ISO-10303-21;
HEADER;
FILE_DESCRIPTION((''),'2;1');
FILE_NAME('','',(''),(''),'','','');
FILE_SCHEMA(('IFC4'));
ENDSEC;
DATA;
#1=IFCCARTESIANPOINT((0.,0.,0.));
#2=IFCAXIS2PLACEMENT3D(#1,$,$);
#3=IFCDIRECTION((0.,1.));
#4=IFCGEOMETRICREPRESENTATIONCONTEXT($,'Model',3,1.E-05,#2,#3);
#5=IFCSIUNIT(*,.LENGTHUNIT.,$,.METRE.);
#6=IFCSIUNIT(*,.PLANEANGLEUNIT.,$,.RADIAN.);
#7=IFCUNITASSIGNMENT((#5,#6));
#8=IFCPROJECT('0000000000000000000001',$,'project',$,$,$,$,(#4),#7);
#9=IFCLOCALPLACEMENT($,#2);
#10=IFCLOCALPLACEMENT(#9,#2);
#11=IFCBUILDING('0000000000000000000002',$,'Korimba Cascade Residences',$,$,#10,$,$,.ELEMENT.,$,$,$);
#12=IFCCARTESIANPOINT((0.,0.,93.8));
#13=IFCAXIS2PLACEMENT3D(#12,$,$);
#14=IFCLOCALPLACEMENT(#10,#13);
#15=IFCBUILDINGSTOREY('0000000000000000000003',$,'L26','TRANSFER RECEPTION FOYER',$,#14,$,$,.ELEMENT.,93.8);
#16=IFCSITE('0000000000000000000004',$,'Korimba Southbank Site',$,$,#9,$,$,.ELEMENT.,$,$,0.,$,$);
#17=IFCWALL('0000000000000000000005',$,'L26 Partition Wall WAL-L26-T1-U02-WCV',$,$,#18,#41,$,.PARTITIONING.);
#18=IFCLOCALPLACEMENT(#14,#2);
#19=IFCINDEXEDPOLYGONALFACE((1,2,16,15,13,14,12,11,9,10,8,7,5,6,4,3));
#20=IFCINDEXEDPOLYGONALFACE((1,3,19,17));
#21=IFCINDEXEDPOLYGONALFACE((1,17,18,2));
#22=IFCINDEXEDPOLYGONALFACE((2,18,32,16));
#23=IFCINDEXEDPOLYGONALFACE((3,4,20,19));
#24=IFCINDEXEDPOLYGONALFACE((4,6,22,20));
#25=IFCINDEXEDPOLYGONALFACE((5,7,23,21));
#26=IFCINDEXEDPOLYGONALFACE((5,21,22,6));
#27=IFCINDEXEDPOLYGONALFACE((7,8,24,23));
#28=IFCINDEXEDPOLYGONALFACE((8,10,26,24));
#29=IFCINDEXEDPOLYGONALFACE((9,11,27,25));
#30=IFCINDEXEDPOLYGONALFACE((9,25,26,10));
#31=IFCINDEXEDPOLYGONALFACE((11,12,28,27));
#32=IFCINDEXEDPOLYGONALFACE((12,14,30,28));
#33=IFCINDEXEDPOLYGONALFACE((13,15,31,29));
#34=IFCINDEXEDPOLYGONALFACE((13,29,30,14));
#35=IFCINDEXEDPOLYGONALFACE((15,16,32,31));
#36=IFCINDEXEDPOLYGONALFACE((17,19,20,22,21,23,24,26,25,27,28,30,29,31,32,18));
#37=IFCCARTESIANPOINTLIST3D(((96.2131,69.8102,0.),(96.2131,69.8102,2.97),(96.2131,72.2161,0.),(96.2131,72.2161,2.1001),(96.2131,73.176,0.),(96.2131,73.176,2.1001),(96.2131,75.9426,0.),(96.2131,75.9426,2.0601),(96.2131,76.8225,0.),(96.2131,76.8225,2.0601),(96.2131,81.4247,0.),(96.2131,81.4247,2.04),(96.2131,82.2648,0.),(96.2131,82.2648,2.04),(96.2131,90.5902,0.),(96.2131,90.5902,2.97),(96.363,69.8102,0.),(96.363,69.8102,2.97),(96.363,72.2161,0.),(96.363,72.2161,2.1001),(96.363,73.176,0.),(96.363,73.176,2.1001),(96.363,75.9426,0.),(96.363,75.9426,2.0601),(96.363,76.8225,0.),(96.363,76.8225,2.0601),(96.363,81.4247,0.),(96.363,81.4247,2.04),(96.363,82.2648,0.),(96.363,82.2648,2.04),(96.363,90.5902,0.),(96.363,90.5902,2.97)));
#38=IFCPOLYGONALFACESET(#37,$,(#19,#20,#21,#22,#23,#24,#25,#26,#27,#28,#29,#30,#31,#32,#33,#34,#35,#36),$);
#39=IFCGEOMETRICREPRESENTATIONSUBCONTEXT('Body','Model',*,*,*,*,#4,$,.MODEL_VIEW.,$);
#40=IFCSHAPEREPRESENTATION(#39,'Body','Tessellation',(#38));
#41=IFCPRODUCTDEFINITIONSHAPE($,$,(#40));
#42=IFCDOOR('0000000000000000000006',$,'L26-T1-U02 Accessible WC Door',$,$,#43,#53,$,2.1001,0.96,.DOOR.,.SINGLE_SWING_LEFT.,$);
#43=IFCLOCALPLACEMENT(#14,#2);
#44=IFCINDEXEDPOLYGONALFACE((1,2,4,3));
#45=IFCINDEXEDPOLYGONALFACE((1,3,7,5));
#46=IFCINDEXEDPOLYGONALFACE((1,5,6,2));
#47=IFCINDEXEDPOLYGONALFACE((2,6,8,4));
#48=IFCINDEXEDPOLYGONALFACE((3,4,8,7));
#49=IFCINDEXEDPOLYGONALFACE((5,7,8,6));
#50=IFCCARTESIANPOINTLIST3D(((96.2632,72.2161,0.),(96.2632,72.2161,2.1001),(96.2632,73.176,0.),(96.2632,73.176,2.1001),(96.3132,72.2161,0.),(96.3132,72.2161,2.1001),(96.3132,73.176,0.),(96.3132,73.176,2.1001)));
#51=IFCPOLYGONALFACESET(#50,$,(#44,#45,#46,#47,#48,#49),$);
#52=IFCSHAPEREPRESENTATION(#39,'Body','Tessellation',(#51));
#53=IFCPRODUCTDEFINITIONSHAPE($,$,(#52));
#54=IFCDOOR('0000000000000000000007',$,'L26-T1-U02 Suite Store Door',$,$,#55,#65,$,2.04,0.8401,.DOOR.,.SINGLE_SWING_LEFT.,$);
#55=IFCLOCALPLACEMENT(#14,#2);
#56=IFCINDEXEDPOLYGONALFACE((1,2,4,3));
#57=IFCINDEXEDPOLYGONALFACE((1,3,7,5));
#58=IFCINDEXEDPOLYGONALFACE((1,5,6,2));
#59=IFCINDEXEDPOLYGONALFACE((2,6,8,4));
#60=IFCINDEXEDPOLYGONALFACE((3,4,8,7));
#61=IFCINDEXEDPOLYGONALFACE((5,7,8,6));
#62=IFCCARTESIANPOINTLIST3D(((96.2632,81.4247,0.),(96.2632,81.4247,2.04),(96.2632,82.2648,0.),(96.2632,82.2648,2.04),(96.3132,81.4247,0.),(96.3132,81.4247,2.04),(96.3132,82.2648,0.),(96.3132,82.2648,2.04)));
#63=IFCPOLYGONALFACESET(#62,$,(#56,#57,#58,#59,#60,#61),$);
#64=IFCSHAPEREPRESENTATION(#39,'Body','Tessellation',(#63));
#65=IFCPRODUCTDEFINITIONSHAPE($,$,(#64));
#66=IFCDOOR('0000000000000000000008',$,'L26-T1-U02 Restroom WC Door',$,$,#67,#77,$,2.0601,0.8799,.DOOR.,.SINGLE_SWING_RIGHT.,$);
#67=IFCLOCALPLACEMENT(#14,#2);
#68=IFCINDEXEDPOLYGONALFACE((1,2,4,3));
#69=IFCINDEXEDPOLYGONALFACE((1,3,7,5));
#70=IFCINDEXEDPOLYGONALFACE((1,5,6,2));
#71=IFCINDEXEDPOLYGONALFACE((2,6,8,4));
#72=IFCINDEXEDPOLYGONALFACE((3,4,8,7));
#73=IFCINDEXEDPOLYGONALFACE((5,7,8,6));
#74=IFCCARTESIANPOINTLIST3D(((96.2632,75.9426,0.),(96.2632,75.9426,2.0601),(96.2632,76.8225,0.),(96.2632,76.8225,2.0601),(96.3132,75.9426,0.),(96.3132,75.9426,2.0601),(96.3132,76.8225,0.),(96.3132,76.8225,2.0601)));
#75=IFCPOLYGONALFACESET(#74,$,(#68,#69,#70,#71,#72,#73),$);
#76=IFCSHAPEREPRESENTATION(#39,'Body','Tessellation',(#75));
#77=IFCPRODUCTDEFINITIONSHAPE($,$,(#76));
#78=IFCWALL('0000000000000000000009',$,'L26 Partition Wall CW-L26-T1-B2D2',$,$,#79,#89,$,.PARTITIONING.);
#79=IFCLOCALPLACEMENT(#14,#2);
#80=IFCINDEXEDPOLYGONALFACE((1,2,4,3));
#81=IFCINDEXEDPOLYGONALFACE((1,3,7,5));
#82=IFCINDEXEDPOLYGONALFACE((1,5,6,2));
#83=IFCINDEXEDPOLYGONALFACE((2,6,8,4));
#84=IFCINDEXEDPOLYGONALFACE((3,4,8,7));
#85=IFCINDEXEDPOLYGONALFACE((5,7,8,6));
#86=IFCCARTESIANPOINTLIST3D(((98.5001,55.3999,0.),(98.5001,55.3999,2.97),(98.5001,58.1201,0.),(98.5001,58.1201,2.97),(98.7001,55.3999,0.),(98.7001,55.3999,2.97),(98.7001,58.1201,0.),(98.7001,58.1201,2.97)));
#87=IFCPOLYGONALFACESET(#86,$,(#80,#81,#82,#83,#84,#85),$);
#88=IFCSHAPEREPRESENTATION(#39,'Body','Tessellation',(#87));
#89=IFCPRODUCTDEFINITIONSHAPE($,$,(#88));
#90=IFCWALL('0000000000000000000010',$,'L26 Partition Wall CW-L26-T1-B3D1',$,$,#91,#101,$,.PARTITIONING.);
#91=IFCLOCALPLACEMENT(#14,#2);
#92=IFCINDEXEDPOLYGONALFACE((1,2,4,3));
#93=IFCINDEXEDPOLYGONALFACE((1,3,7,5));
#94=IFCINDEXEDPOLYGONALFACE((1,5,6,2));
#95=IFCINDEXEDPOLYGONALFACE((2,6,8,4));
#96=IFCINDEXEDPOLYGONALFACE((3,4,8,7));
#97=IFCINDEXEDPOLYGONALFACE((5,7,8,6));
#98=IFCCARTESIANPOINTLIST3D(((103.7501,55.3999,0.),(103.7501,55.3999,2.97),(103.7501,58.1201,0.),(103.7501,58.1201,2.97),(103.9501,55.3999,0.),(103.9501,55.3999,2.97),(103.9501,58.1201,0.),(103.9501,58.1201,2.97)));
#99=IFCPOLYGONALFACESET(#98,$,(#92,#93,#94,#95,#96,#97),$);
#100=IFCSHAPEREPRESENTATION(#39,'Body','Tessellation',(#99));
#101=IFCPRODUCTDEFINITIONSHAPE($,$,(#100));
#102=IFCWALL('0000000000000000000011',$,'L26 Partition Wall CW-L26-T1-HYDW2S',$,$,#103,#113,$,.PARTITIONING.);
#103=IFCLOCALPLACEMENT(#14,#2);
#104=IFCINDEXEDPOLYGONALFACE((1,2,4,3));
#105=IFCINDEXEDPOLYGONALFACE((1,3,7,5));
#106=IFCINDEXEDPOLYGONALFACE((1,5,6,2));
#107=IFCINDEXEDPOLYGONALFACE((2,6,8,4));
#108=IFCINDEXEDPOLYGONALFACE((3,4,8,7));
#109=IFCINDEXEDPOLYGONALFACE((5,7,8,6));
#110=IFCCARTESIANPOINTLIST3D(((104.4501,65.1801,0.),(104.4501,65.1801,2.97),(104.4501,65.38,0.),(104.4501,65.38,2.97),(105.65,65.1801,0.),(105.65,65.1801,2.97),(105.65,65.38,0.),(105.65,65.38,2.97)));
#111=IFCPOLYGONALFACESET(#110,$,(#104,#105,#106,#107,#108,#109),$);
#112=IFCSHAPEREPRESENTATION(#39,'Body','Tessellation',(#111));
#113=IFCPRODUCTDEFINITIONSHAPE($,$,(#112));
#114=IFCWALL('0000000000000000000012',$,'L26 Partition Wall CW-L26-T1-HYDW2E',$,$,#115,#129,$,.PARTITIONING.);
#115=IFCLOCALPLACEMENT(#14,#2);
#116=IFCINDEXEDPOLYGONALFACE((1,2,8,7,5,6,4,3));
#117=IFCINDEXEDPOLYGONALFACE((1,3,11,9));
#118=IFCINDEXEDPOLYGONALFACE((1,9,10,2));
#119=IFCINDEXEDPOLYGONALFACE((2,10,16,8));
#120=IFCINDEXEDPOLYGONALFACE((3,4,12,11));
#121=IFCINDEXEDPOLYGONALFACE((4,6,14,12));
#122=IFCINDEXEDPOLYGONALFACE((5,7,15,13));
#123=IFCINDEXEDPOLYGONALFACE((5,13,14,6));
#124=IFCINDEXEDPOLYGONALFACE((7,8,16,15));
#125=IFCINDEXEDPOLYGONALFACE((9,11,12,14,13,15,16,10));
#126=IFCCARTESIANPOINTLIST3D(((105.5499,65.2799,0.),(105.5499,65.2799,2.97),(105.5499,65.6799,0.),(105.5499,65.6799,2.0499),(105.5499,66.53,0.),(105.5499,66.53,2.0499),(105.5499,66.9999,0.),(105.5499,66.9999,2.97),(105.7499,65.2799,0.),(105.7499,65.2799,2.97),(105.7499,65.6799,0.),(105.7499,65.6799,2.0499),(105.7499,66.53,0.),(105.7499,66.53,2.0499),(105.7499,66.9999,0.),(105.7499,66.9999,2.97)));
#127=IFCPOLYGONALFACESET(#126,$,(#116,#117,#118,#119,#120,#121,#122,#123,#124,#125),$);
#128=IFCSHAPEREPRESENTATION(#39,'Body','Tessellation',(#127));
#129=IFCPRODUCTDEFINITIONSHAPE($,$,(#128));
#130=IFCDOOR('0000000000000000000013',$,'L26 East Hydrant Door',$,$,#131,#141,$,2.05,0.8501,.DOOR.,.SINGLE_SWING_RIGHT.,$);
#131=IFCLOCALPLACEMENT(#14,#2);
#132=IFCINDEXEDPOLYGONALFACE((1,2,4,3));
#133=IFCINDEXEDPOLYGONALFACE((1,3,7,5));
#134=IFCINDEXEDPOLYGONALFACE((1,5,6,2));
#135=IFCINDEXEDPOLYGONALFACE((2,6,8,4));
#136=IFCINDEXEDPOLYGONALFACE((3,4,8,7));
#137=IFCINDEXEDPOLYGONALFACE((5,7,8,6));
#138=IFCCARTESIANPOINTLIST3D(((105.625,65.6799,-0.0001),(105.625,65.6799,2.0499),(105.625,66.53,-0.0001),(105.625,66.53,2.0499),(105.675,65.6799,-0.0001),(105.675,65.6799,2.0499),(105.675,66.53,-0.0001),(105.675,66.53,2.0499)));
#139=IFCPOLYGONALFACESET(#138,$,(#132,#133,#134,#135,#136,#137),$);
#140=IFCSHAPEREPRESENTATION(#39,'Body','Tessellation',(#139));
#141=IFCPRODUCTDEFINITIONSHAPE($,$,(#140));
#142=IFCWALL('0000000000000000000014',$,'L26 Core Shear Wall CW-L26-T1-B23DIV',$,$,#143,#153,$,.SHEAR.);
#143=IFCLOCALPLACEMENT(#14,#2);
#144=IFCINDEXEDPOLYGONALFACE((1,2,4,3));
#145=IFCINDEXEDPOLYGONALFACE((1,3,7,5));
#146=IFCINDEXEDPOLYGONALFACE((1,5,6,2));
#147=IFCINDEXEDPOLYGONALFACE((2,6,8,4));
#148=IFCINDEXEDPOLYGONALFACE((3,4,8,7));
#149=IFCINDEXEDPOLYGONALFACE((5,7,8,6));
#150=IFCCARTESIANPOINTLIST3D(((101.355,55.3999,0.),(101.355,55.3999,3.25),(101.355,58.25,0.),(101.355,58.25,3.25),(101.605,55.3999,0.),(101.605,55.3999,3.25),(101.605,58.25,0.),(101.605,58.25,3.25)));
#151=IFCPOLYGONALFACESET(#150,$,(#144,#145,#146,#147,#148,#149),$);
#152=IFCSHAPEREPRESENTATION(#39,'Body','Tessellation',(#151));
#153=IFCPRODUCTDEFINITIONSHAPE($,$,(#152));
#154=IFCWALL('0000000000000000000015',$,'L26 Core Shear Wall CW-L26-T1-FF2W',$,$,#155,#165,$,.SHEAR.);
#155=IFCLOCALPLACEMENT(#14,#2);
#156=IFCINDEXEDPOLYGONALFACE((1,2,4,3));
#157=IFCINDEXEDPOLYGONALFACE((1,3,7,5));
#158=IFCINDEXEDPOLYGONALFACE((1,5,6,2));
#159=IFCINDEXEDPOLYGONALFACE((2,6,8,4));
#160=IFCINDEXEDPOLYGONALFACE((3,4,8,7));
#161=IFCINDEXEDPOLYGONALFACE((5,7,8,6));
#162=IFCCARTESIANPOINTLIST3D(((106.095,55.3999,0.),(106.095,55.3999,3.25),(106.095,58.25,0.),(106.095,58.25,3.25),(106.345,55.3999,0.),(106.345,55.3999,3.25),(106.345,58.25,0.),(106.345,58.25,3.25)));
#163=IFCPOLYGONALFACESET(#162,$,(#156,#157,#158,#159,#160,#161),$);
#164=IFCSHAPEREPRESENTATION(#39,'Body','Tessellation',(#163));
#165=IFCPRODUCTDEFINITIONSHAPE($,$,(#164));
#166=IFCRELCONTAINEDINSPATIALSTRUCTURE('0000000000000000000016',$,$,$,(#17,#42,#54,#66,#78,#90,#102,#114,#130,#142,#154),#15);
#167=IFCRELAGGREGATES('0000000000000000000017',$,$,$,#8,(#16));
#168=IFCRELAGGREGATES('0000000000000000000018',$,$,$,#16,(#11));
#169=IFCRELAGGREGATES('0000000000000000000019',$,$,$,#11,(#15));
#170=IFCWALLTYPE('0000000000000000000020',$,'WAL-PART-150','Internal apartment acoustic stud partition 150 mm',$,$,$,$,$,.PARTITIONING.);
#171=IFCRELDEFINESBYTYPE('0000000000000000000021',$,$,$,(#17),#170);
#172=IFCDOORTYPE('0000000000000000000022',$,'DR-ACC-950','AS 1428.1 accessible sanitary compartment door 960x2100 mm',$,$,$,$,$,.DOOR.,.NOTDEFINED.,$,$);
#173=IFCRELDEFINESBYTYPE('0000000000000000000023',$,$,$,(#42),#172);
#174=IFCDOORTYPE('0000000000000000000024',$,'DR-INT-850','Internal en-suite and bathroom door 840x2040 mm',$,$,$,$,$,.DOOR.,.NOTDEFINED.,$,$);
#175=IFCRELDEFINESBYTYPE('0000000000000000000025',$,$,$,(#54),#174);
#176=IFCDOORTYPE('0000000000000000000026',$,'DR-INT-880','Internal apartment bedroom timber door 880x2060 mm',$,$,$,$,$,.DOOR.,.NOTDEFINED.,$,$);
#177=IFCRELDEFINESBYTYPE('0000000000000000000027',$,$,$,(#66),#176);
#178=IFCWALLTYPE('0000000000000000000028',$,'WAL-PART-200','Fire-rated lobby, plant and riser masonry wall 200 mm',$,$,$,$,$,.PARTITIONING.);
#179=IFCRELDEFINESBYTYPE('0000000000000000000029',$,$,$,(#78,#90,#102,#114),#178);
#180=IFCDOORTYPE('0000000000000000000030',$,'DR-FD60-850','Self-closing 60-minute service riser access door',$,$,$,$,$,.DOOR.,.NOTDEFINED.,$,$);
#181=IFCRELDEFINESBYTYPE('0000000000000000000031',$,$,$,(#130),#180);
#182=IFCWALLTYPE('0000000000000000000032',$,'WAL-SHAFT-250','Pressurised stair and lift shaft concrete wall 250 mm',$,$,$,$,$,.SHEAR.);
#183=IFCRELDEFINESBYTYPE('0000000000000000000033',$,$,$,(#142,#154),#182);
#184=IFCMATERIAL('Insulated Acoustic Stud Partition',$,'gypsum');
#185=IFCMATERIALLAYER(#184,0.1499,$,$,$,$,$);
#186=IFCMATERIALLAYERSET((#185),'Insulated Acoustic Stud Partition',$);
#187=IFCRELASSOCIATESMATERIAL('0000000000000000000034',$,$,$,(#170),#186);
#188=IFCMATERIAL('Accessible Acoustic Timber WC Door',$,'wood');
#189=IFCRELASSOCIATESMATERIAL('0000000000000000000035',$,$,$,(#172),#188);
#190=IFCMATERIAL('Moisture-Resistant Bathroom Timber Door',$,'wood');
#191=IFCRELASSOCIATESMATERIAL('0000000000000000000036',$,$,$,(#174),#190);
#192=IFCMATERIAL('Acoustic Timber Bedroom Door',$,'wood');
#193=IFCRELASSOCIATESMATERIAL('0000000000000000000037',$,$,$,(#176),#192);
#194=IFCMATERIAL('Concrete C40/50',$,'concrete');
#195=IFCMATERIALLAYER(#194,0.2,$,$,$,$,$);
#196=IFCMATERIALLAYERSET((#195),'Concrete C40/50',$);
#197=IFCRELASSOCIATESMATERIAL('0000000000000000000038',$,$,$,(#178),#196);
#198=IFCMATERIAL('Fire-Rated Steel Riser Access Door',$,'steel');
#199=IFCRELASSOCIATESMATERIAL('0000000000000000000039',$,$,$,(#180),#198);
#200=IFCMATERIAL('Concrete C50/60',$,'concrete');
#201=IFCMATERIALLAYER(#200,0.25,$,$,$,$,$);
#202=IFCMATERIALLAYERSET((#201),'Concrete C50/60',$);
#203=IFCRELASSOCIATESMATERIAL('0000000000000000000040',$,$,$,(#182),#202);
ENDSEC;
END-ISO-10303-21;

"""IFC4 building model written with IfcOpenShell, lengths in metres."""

from ifc_helpers import new_model, si_unit, direction, frame, frame_2d, origin, place, context, subcontext, project, spatial, rectangle, extrude, material, layer, layer_set, type_object, element, fill, save


model = new_model("IFC4")

# Units and contexts
model_context = context("Model", 3, precision=1e-05, world=origin(), true_north=direction((0.0, 1.0)))
body_context = subcontext(model_context, "Body", "Model", "MODEL_VIEW")
ifc_project = project(units=[si_unit("LENGTHUNIT", "METRE"), si_unit("PLANEANGLEUNIT", "RADIAN")], contexts=[model_context])

# Site, building, storey
site_placement = place(None, origin())
site = spatial("IfcSite", under=ifc_project, at=site_placement, Name="Korimba Southbank Site", CompositionType="ELEMENT", RefElevation=0.0)
building_placement = place(site_placement, origin())
building = spatial("IfcBuilding", under=site, at=building_placement, Name="Korimba Cascade Residences", CompositionType="ELEMENT")
storey_placement = place(building_placement, frame((0.0, 0.0, 93.8)))
storey = spatial("IfcBuildingStorey", under=building, at=storey_placement, Name="L26", Description="TRANSFER RECEPTION FOYER", CompositionType="ELEMENT", Elevation=93.8)

# Shared definitions
ifc_material_1 = material(Name="Insulated Acoustic Stud Partition", Category="gypsum")
ifc_layer_1 = layer(ifc_material_1, 0.1499)
ifc_layer_set_1 = layer_set([ifc_layer_1], Name="Insulated Acoustic Stud Partition")
wall_type_1 = type_object("IfcWallType", Name="WAL-PART-150", Description="Internal apartment acoustic stud partition 150 mm", PredefinedType="PARTITIONING", material=ifc_layer_set_1)

# Wall, openings, doors
wall_1_placement = place(storey_placement, frame((96.2881, 69.8101, 0.0), z_axis=(0.0, 0.0, 1.0), x_axis=(0.0, 1.0, 0.0)))
wall_1 = element("IfcWall", 1, at=wall_1_placement, inside=storey, type_object=wall_type_1, Name="L26 Partition Wall WAL-L26-T1-U02-WCV", PredefinedType="PARTITIONING", context=body_context, shape_type="SweptSolid", body=[
    extrude(rectangle(XDim=20.78, YDim=0.1499, at=frame_2d((10.3901, 0.0))), origin(), (0.0, 0.0, 1.0), 2.97),
])
opening_1_placement = place(wall_1_placement, frame((2.406, 0.0, 0.0)))
opening_1 = element("IfcOpeningElement", 2, at=opening_1_placement, cuts=wall_1, PredefinedType="OPENING", context=body_context, shape_type="SweptSolid", body=[
    extrude(rectangle(XDim=0.96, YDim=2.1001, at=frame_2d((0.48, 1.05))), frame((0.0, 0.085, 0.0), z_axis=(0.0, -1.0, 0.0), x_axis=(1.0, 0.0, 0.0)), (0.0, 0.0, 1.0), 0.1699),
])
opening_2_placement = place(wall_1_placement, frame((6.1326, 0.0, 0.0)))
opening_2 = element("IfcOpeningElement", 3, at=opening_2_placement, cuts=wall_1, PredefinedType="OPENING", context=body_context, shape_type="SweptSolid", body=[
    extrude(rectangle(XDim=0.8799, YDim=2.0601, at=frame_2d((0.4399, 1.03))), frame((0.0, 0.085, 0.0), z_axis=(0.0, -1.0, 0.0), x_axis=(1.0, 0.0, 0.0)), (0.0, 0.0, 1.0), 0.1699),
])
opening_3_placement = place(wall_1_placement, frame((11.6147, 0.0, 0.0)))
opening_3 = element("IfcOpeningElement", 4, at=opening_3_placement, cuts=wall_1, PredefinedType="OPENING", context=body_context, shape_type="SweptSolid", body=[
    extrude(rectangle(XDim=0.8401, YDim=2.04, at=frame_2d((0.4199, 1.02))), frame((0.0, 0.085, 0.0), z_axis=(0.0, -1.0, 0.0), x_axis=(1.0, 0.0, 0.0)), (0.0, 0.0, 1.0), 0.1699),
])
ifc_material_2 = material(Name="Accessible Acoustic Timber WC Door", Category="wood")
door_type_1 = type_object("IfcDoorType", Name="DR-ACC-950", Description="AS 1428.1 accessible sanitary compartment door 960x2100 mm", OperationType="NOTDEFINED", PredefinedType="DOOR", material=ifc_material_2)
door_1_placement = place(opening_1_placement, origin())
door_1 = element("IfcDoor", 5, at=door_1_placement, inside=storey, type_object=door_type_1, Name="L26-T1-U02 Accessible WC Door", OperationType="SINGLE_SWING_LEFT", OverallHeight=2.1001, OverallWidth=0.96, PredefinedType="DOOR", context=body_context, shape_type="SweptSolid", body=[
    extrude(rectangle(XDim=0.96, YDim=2.1001, at=frame_2d((0.48, 1.05))), frame((0.0, 0.0249, 0.0), z_axis=(0.0, -1.0, 0.0), x_axis=(1.0, 0.0, 0.0)), (0.0, 0.0, 1.0), 0.05),
])
fill(opening_1, door_1)
ifc_material_3 = material(Name="Moisture-Resistant Bathroom Timber Door", Category="wood")
door_type_2 = type_object("IfcDoorType", Name="DR-INT-850", Description="Internal en-suite and bathroom door 840x2040 mm", OperationType="NOTDEFINED", PredefinedType="DOOR", material=ifc_material_3)
door_2_placement = place(opening_3_placement, origin())
door_2 = element("IfcDoor", 6, at=door_2_placement, inside=storey, type_object=door_type_2, Name="L26-T1-U02 Suite Store Door", OperationType="SINGLE_SWING_LEFT", OverallHeight=2.04, OverallWidth=0.8401, PredefinedType="DOOR", context=body_context, shape_type="SweptSolid", body=[
    extrude(rectangle(XDim=0.8401, YDim=2.04, at=frame_2d((0.4199, 1.02))), frame((0.0, 0.0249, 0.0), z_axis=(0.0, -1.0, 0.0), x_axis=(1.0, 0.0, 0.0)), (0.0, 0.0, 1.0), 0.05),
])
fill(opening_3, door_2)
ifc_material_4 = material(Name="Acoustic Timber Bedroom Door", Category="wood")
door_type_3 = type_object("IfcDoorType", Name="DR-INT-880", Description="Internal apartment bedroom timber door 880x2060 mm", OperationType="NOTDEFINED", PredefinedType="DOOR", material=ifc_material_4)
door_3_placement = place(opening_2_placement, origin())
door_3 = element("IfcDoor", 7, at=door_3_placement, inside=storey, type_object=door_type_3, Name="L26-T1-U02 Restroom WC Door", OperationType="SINGLE_SWING_RIGHT", OverallHeight=2.0601, OverallWidth=0.8799, PredefinedType="DOOR", context=body_context, shape_type="SweptSolid", body=[
    extrude(rectangle(XDim=0.8799, YDim=2.0601, at=frame_2d((0.4399, 1.03))), frame((0.0, 0.0249, 0.0), z_axis=(0.0, -1.0, 0.0), x_axis=(1.0, 0.0, 0.0)), (0.0, 0.0, 1.0), 0.05),
])
fill(opening_2, door_3)

# Walls
ifc_material_5 = material(Name="Concrete C40/50", Category="concrete")
ifc_layer_2 = layer(ifc_material_5, 0.2)
ifc_layer_set_2 = layer_set([ifc_layer_2], Name="Concrete C40/50")
wall_type_2 = type_object("IfcWallType", Name="WAL-PART-200", Description="Fire-rated lobby, plant and riser masonry wall 200 mm", PredefinedType="PARTITIONING", material=ifc_layer_set_2)
for number, where, z_axis, x_axis, name in (
    (8, (98.6001, 55.3999, 0.0), (0.0, 0.0, 1.0), (0.0, 1.0, 0.0), "L26 Partition Wall CW-L26-T1-B2D2"),
    (9, (103.8501, 55.3999, 0.0), (0.0, 0.0, 1.0), (0.0, 1.0, 0.0), "L26 Partition Wall CW-L26-T1-B3D1"),
):
    element("IfcWall", number, at=place(storey_placement, frame(where, z_axis=z_axis, x_axis=x_axis)), inside=storey, type_object=wall_type_2, Name=name, PredefinedType="PARTITIONING", context=body_context, shape_type="SweptSolid", body=[
        extrude(rectangle(XDim=2.7202, YDim=0.2, at=frame_2d((1.3601, 0.0))), origin(), (0.0, 0.0, 1.0), 2.97),
    ])
wall_2_placement = place(storey_placement, frame((104.45, 65.28, 0.0), z_axis=(0.0, 0.0, 1.0), x_axis=(1.0, 0.0, 0.0)))
element("IfcWall", 10, at=wall_2_placement, inside=storey, type_object=wall_type_2, Name="L26 Partition Wall CW-L26-T1-HYDW2S", PredefinedType="PARTITIONING", context=body_context, shape_type="SweptSolid", body=[
    extrude(rectangle(XDim=1.2, YDim=0.2, at=frame_2d((0.6001, 0.0))), origin(), (0.0, 0.0, 1.0), 2.97),
])

# Wall, opening, door
wall_3_placement = place(storey_placement, frame((105.6499, 65.28, 0.0), z_axis=(0.0, 0.0, 1.0), x_axis=(0.0, 1.0, 0.0)))
wall_3 = element("IfcWall", 11, at=wall_3_placement, inside=storey, type_object=wall_type_2, Name="L26 Partition Wall CW-L26-T1-HYDW2E", PredefinedType="PARTITIONING", context=body_context, shape_type="SweptSolid", body=[
    extrude(rectangle(XDim=1.72, YDim=0.2, at=frame_2d((0.8599, 0.0))), origin(), (0.0, 0.0, 1.0), 2.97),
])
opening_4_placement = place(wall_3_placement, frame((0.3999, 0.0, 0.0)))
opening_4 = element("IfcOpeningElement", 12, at=opening_4_placement, cuts=wall_3, PredefinedType="OPENING", context=body_context, shape_type="SweptSolid", body=[
    extrude(rectangle(XDim=0.8501, YDim=2.05, at=frame_2d((0.425, 1.0249))), frame((0.0, 0.1099, 0.0), z_axis=(0.0, -1.0, 0.0), x_axis=(1.0, 0.0, 0.0)), (0.0, 0.0, 1.0), 0.22),
])
ifc_material_6 = material(Name="Fire-Rated Steel Riser Access Door", Category="steel")
door_type_4 = type_object("IfcDoorType", Name="DR-FD60-850", Description="Self-closing 60-minute service riser access door", OperationType="NOTDEFINED", PredefinedType="DOOR", material=ifc_material_6)
door_4_placement = place(opening_4_placement, origin())
door_4 = element("IfcDoor", 13, at=door_4_placement, inside=storey, type_object=door_type_4, Name="L26 East Hydrant Door", OperationType="SINGLE_SWING_RIGHT", OverallHeight=2.05, OverallWidth=0.8501, PredefinedType="DOOR", context=body_context, shape_type="SweptSolid", body=[
    extrude(rectangle(XDim=0.8501, YDim=2.05, at=frame_2d((0.425, 1.0249))), frame((0.0, 0.0249, 0.0), z_axis=(0.0, -1.0, 0.0), x_axis=(1.0, 0.0, 0.0)), (0.0, 0.0, 1.0), 0.05),
])
fill(opening_4, door_4)

# Wall
ifc_material_7 = material(Name="Concrete C50/60", Category="concrete")
ifc_layer_3 = layer(ifc_material_7, 0.25)
ifc_layer_set_3 = layer_set([ifc_layer_3], Name="Concrete C50/60")
wall_type_3 = type_object("IfcWallType", Name="WAL-SHAFT-250", Description="Pressurised stair and lift shaft concrete wall 250 mm", PredefinedType="SHEAR", material=ifc_layer_set_3)
wall_4_placement = place(storey_placement, frame((101.48, 55.3999, 0.0), z_axis=(0.0, 0.0, 1.0), x_axis=(0.0, 1.0, 0.0)))
element("IfcWall", 14, at=wall_4_placement, inside=storey, type_object=wall_type_3, Name="L26 Core Shear Wall CW-L26-T1-B23DIV", PredefinedType="SHEAR", context=body_context, shape_type="SweptSolid", body=[
    extrude(rectangle(XDim=2.8501, YDim=0.25, at=frame_2d((1.425, 0.0))), origin(), (0.0, 0.0, 1.0), 3.25),
])

# Wall
wall_5_placement = place(storey_placement, frame((106.22, 55.3999, 0.0), z_axis=(0.0, 0.0, 1.0), x_axis=(0.0, 1.0, 0.0)))
element("IfcWall", 15, at=wall_5_placement, inside=storey, type_object=wall_type_3, Name="L26 Core Shear Wall CW-L26-T1-FF2W", PredefinedType="SHEAR", context=body_context, shape_type="SweptSolid", body=[
    extrude(rectangle(XDim=2.8501, YDim=0.25, at=frame_2d((1.425, 0.0))), origin(), (0.0, 0.0, 1.0), 3.25),
])

save(model, "model.ifc")
